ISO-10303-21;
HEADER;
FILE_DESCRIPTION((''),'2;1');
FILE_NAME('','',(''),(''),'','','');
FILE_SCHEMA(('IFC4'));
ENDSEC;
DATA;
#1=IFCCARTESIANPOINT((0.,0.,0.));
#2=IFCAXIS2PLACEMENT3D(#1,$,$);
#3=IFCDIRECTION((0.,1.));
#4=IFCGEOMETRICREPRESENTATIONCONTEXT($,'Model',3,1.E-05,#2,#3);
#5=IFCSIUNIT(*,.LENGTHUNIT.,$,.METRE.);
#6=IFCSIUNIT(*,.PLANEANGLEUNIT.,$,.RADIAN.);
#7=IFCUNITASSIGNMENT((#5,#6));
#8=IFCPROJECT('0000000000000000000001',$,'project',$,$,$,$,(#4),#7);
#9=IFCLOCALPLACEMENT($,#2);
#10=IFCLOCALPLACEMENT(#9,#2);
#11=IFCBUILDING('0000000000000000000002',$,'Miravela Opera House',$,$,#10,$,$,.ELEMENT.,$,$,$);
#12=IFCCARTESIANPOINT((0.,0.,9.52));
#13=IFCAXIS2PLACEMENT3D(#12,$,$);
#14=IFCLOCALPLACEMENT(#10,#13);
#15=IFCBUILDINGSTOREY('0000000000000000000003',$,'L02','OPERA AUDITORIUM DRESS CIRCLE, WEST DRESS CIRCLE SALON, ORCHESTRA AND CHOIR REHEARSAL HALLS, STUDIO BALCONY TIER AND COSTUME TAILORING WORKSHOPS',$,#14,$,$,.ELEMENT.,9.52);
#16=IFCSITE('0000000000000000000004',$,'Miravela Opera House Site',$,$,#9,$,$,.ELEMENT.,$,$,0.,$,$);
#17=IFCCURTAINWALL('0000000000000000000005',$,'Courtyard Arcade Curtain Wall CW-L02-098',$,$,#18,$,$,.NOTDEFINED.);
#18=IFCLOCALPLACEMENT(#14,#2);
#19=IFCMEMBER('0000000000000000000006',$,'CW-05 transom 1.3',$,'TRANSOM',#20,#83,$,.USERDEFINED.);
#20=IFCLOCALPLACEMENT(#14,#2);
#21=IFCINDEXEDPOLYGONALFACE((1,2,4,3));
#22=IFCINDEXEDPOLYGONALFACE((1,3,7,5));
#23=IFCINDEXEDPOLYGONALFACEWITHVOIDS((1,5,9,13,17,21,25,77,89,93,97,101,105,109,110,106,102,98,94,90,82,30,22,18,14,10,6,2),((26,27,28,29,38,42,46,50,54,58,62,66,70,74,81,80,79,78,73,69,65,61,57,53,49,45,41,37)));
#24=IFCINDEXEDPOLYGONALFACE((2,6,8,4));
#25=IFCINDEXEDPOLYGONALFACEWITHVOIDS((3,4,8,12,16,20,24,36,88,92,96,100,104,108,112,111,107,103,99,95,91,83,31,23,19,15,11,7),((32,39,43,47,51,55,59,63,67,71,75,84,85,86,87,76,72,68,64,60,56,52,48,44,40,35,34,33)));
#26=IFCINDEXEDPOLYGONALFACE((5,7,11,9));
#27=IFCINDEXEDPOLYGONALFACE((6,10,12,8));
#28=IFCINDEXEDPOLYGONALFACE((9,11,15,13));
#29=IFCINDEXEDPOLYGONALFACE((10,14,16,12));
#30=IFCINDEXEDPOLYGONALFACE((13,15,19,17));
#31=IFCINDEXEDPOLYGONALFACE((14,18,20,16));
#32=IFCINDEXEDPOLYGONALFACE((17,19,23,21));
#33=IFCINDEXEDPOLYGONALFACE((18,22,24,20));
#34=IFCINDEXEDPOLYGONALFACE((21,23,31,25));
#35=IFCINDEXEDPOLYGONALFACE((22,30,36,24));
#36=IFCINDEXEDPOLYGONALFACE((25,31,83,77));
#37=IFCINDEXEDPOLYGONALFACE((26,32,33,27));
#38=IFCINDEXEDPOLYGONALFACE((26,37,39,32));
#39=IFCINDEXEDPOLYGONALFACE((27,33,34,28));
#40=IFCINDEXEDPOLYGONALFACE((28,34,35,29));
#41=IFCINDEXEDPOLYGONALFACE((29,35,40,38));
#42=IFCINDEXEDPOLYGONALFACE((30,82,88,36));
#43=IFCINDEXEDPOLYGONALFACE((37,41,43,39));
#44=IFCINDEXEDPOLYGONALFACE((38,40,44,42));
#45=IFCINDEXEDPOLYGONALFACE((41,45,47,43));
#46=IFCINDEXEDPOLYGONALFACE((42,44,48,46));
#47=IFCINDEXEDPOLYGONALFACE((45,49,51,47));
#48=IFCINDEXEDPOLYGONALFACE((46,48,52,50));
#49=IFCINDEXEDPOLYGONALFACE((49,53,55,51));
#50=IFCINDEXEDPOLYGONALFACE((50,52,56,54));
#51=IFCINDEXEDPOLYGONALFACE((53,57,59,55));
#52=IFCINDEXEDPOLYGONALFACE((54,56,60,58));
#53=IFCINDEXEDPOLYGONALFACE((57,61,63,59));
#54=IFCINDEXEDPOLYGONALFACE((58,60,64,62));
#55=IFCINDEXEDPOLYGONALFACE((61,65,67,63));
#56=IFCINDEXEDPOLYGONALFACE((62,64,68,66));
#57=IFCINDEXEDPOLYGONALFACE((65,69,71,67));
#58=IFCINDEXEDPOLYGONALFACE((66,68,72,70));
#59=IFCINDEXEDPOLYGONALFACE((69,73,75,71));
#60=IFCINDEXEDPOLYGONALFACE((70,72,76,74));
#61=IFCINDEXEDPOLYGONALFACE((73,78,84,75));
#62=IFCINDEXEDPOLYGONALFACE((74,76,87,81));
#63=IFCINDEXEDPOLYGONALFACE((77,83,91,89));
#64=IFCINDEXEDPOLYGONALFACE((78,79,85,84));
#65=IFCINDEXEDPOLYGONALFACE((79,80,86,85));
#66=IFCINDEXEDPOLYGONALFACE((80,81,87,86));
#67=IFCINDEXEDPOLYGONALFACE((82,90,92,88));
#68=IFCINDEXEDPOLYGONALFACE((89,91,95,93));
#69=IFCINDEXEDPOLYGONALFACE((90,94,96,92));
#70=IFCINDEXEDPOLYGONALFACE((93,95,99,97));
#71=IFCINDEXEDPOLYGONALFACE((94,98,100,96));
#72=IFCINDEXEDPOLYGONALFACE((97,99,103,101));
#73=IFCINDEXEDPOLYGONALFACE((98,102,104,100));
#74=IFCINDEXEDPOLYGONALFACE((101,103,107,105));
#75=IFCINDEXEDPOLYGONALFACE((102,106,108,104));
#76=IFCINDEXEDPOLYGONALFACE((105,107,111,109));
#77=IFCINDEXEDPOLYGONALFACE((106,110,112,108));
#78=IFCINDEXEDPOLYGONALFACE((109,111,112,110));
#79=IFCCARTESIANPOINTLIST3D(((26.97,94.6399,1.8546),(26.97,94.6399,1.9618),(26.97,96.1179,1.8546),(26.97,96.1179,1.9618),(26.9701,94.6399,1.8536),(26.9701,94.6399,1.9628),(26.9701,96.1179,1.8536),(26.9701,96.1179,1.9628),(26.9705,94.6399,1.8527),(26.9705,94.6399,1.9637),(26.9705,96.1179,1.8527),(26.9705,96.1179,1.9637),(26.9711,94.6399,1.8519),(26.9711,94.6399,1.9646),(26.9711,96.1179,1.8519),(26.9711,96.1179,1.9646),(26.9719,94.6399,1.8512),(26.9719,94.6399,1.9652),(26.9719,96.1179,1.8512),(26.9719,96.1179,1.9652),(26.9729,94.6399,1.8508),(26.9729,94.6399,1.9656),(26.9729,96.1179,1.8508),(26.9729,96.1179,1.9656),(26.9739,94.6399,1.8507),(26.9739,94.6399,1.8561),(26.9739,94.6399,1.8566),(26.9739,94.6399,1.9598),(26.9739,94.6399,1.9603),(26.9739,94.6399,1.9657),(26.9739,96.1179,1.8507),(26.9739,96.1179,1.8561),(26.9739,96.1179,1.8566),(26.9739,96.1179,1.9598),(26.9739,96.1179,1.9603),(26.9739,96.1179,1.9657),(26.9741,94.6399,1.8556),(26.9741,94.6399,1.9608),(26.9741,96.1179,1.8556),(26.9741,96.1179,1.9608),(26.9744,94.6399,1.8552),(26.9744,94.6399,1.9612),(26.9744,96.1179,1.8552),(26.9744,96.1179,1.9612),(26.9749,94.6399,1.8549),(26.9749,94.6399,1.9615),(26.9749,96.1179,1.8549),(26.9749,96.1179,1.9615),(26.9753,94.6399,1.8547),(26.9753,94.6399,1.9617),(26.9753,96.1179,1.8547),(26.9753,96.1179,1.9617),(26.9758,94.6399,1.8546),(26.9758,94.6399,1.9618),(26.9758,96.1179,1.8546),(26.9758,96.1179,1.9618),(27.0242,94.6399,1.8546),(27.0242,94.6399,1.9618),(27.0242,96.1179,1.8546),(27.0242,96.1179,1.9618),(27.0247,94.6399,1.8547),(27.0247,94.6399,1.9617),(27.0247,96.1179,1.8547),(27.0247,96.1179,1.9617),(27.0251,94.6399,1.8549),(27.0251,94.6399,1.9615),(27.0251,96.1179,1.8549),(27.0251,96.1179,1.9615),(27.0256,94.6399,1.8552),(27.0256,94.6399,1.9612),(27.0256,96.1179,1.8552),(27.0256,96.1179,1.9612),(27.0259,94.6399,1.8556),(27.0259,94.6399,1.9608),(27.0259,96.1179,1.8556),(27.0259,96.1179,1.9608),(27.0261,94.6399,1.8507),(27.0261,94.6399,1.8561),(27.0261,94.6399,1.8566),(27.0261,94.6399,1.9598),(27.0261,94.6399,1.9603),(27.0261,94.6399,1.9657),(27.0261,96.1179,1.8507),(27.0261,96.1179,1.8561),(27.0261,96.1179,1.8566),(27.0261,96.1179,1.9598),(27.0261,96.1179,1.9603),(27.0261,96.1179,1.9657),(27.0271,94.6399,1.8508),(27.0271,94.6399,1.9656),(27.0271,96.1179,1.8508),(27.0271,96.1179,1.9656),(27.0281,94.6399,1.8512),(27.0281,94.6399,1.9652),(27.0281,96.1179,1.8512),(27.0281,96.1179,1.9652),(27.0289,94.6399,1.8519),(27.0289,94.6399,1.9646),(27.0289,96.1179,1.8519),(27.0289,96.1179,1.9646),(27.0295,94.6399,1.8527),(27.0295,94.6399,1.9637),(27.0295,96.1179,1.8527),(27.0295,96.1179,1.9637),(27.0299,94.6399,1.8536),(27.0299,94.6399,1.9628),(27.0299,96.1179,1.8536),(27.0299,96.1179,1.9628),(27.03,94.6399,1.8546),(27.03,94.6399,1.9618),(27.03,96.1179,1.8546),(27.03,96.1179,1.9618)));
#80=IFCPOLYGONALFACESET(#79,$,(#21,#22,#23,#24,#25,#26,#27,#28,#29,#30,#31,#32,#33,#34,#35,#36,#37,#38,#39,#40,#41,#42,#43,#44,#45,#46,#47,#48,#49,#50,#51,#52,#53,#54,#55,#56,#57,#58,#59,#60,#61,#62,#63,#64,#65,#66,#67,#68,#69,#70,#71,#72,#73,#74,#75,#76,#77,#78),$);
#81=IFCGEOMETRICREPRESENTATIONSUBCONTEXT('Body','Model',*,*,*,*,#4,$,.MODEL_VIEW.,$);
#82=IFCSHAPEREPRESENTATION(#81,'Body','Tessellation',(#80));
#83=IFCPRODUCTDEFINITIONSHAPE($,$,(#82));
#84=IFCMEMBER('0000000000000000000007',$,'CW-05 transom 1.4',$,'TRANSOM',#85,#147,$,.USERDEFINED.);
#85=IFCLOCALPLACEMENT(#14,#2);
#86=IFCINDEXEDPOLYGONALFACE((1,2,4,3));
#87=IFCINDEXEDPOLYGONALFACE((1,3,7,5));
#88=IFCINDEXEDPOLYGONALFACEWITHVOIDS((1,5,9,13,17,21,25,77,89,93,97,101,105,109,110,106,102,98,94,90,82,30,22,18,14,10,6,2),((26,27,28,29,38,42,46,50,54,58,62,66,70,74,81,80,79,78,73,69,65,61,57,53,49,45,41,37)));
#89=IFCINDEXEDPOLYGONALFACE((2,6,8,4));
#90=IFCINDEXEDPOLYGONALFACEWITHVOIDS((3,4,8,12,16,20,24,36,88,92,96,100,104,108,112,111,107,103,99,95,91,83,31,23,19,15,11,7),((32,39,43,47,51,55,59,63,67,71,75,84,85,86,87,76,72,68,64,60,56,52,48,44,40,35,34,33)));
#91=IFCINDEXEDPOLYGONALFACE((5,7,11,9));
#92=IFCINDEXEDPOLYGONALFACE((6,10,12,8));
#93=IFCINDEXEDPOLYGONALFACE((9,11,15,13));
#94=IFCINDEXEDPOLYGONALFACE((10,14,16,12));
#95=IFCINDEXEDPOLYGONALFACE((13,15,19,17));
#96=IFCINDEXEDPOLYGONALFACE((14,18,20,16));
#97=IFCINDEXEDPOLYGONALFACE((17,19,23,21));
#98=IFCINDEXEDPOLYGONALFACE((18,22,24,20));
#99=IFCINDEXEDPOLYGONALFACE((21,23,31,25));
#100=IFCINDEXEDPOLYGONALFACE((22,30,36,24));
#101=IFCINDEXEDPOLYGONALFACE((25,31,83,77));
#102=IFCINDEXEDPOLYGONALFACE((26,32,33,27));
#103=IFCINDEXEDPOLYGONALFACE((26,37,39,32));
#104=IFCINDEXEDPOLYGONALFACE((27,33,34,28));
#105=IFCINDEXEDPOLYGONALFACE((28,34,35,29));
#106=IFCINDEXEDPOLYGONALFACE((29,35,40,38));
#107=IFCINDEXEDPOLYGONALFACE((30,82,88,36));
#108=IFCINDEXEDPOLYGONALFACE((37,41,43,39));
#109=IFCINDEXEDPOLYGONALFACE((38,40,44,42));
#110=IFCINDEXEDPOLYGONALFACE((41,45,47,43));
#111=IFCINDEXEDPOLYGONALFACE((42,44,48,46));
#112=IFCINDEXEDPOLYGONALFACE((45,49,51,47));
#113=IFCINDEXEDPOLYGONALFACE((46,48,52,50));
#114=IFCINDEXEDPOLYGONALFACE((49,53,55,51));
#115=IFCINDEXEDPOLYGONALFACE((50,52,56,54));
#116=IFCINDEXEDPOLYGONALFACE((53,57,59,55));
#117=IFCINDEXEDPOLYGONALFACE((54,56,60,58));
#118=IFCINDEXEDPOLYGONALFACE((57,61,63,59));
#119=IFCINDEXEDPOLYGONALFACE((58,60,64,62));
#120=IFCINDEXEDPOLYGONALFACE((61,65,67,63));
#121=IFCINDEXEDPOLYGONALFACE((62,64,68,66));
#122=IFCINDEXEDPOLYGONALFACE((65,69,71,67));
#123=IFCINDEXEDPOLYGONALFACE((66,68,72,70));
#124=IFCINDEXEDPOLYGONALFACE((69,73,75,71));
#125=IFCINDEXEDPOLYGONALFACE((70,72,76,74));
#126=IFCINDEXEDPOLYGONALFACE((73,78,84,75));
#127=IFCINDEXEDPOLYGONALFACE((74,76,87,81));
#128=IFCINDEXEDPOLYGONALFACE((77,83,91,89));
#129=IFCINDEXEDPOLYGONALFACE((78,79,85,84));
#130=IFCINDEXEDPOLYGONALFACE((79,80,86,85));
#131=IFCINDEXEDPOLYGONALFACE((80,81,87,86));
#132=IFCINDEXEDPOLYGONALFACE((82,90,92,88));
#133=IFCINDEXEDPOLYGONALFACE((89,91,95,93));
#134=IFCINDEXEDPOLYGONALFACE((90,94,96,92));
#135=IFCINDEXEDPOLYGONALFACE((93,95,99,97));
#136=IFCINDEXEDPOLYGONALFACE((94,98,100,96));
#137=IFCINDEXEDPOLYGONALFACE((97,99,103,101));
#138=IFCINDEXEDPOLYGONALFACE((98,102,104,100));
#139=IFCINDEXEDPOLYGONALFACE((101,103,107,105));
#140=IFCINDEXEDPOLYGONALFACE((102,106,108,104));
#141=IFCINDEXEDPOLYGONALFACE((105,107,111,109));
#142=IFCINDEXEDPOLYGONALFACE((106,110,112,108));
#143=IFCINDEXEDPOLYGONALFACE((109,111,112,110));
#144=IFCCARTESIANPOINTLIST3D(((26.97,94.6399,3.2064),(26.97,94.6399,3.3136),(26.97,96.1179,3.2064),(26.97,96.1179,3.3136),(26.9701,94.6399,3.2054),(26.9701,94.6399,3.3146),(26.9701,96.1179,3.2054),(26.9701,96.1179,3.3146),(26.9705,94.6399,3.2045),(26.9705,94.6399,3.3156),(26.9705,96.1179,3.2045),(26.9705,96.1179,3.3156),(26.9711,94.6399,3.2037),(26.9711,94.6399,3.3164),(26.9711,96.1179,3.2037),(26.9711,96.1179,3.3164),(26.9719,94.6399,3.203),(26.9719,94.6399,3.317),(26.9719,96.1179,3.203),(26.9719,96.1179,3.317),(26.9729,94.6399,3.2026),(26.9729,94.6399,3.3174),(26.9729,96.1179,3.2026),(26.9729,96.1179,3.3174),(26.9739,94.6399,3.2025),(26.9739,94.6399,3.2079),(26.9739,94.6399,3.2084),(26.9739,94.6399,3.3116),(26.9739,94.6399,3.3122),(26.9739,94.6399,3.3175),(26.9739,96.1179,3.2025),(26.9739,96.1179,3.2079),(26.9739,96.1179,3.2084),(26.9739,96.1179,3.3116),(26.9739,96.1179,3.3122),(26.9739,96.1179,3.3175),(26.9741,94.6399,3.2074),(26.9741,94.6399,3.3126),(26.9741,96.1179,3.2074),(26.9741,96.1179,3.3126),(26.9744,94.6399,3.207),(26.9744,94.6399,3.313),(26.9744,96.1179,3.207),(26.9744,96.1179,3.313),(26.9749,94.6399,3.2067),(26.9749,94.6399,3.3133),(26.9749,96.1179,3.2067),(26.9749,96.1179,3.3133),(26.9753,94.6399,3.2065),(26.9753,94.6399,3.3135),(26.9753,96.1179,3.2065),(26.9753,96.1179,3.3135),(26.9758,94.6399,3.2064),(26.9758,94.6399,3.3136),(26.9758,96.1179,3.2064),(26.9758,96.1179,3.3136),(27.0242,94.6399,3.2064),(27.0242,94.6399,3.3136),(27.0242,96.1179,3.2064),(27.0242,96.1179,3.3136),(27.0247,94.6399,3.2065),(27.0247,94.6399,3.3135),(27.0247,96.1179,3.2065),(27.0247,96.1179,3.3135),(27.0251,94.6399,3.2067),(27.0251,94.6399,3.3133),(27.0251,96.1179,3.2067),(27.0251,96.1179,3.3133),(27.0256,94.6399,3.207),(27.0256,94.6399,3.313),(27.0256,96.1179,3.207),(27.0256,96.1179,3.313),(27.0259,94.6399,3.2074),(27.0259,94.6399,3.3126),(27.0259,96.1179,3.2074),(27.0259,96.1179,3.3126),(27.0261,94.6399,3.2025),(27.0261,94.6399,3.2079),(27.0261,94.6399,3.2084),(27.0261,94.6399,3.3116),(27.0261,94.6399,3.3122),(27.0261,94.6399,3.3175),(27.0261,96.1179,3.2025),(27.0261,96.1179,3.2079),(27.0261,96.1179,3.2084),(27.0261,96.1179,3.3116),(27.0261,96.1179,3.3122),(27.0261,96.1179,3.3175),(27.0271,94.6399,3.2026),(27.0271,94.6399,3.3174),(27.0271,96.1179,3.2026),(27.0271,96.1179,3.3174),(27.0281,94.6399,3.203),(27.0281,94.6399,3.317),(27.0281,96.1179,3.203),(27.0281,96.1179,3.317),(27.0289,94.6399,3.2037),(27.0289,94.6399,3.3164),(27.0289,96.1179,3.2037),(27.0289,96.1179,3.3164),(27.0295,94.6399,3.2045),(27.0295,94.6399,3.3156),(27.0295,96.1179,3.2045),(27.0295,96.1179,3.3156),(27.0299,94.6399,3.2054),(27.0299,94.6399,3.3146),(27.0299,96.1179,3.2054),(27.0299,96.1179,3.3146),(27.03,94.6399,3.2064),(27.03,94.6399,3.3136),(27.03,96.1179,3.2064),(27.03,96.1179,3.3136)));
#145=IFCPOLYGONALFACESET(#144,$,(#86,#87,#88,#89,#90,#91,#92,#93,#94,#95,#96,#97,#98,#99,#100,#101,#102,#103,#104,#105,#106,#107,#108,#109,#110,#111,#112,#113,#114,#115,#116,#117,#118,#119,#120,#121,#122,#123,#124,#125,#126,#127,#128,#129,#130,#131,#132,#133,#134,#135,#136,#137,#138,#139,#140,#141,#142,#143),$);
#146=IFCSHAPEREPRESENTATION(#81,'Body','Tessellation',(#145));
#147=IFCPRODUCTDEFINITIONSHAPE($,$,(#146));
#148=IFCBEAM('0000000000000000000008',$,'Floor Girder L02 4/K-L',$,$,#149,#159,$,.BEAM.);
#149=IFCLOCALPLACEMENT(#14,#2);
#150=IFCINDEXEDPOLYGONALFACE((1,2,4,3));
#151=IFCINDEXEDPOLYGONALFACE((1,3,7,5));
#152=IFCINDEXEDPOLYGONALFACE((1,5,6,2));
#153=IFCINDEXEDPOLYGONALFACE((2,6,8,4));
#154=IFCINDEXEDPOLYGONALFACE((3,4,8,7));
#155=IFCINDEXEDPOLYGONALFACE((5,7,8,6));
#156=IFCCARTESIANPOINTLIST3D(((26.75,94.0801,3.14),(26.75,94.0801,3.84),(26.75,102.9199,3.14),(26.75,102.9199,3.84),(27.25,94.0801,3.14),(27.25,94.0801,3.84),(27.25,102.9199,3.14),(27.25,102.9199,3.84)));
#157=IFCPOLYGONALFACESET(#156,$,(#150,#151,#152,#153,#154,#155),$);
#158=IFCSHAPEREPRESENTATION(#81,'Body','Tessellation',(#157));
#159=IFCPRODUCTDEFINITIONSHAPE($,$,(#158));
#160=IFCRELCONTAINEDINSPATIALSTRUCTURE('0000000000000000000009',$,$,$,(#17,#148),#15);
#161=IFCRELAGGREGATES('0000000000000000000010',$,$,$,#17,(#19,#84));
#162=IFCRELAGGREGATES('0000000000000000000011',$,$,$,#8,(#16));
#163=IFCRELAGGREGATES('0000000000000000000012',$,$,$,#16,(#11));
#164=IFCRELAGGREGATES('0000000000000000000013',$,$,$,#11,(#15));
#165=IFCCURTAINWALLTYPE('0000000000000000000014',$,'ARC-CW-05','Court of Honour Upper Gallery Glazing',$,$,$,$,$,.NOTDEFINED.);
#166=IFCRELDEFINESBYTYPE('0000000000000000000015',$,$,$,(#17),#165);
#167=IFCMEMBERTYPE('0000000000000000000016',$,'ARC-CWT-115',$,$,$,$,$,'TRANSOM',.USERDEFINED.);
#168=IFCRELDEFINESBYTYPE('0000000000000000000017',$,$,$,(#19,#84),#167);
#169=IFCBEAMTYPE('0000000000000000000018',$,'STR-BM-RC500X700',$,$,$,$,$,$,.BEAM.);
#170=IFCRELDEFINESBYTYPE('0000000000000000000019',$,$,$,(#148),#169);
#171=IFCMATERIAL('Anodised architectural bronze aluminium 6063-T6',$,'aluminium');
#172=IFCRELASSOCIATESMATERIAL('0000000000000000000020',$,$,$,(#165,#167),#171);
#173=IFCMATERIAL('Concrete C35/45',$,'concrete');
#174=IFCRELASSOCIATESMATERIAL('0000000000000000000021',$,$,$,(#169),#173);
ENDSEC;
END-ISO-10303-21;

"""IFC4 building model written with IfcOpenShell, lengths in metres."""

from ifc_helpers import new_model, si_unit, direction, frame, origin, origin_2d, place, context, subcontext, project, spatial, rectangle, hollow_rectangle, extrude, material, material_profile, profile_set, type_object, element, aggregate, save


model = new_model("IFC4")

# Units and contexts
model_context = context("Model", 3, precision=1e-05, world=origin(), true_north=direction((0.0, 1.0)))
body_context = subcontext(model_context, "Body", "Model", "MODEL_VIEW")
ifc_project = project(units=[si_unit("LENGTHUNIT", "METRE"), si_unit("PLANEANGLEUNIT", "RADIAN")], contexts=[model_context])

# Site, building, storey
site_placement = place(None, origin())
site = spatial("IfcSite", under=ifc_project, at=site_placement, Name="Miravela Opera House Site", CompositionType="ELEMENT", RefElevation=0.0)
building_placement = place(site_placement, origin())
building = spatial("IfcBuilding", under=site, at=building_placement, Name="Miravela Opera House", CompositionType="ELEMENT")
storey_placement = place(building_placement, frame((0.0, 0.0, 9.52)))
storey = spatial("IfcBuildingStorey", under=building, at=storey_placement, Name="L02", Description="OPERA AUDITORIUM DRESS CIRCLE, WEST DRESS CIRCLE SALON, ORCHESTRA AND CHOIR REHEARSAL HALLS, STUDIO BALCONY TIER AND COSTUME TAILORING WORKSHOPS", CompositionType="ELEMENT", Elevation=9.52)

# Shared definitions
ifc_material_1 = material(Name="Concrete C35/45", Category="concrete")

# Curtain wall
ifc_material_2 = material(Name="Anodised architectural bronze aluminium 6063-T6", Category="aluminium")
curtain_wall_type = type_object("IfcCurtainWallType", Name="ARC-CW-05", Description="Court of Honour Upper Gallery Glazing", PredefinedType="NOTDEFINED", material=ifc_material_2)
curtain_wall_1_placement = place(storey_placement, origin())
curtain_wall_1 = element("IfcCurtainWall", 1, at=curtain_wall_1_placement, inside=storey, type_object=curtain_wall_type, Name="Courtyard Arcade Curtain Wall CW-L02-098", PredefinedType="NOTDEFINED")

# Members
ifc_material_profile_1 = material_profile(ifc_material_2, hollow_rectangle(XDim=0.0601, YDim=0.115, WallThickness=0.0039, InnerFilletRadius=0.002, OuterFilletRadius=0.0039, at=origin_2d()), Name="CWT-60X115")
ifc_profile_set_1 = profile_set([ifc_material_profile_1])
member_type_1 = type_object("IfcMemberType", Name="ARC-CWT-115", ElementType="TRANSOM", PredefinedType="USERDEFINED", material=ifc_profile_set_1)
member_1_placement = place(storey_placement, frame((27.0, 94.6399, 1.9082), z_axis=(0.0, 1.0, 0.0), x_axis=(-1.0, 0.0, 0.0)))
member_1 = element("IfcMember", 2, at=member_1_placement, type_object=member_type_1, Name="CW-05 transom 1.3", ObjectType="TRANSOM", PredefinedType="USERDEFINED", context=body_context, shape_type="SweptSolid", body=[
    extrude(hollow_rectangle(XDim=0.0601, YDim=0.115, WallThickness=0.0039, InnerFilletRadius=0.002, OuterFilletRadius=0.0039, at=origin_2d()), origin(), (0.0, 0.0, 1.0), 1.478),
])
member_2_placement = place(storey_placement, frame((27.0, 94.6399, 3.26), z_axis=(0.0, 1.0, 0.0), x_axis=(-1.0, 0.0, 0.0)))
member_2 = element("IfcMember", 3, at=member_2_placement, type_object=member_type_1, Name="CW-05 transom 1.4", ObjectType="TRANSOM", PredefinedType="USERDEFINED", context=body_context, shape_type="SweptSolid", body=[
    extrude(hollow_rectangle(XDim=0.0601, YDim=0.115, WallThickness=0.0039, InnerFilletRadius=0.002, OuterFilletRadius=0.0039, at=origin_2d()), origin(), (0.0, 0.0, 1.0), 1.478),
])

# Beam
ifc_material_profile_2 = material_profile(ifc_material_1, rectangle(XDim=0.5, YDim=0.7, at=origin_2d()), Name="RC-BM-500X700")
ifc_profile_set_2 = profile_set([ifc_material_profile_2])
beam_type_1 = type_object("IfcBeamType", Name="STR-BM-RC500X700", PredefinedType="BEAM", material=ifc_profile_set_2)
beam_1_placement = place(storey_placement, frame((27.0, 94.0801, 3.49), z_axis=(0.0, 1.0, 0.0), x_axis=(-1.0, 0.0, 0.0)))
element("IfcBeam", 4, at=beam_1_placement, inside=storey, type_object=beam_type_1, Name="Floor Girder L02 4/K-L", PredefinedType="BEAM", context=body_context, shape_type="SweptSolid", body=[
    extrude(rectangle(XDim=0.5, YDim=0.7, at=origin_2d()), origin(), (0.0, 0.0, 1.0), 8.8398),
])

aggregate(curtain_wall_1, [member_1, member_2])

save(model, "model.ifc")
